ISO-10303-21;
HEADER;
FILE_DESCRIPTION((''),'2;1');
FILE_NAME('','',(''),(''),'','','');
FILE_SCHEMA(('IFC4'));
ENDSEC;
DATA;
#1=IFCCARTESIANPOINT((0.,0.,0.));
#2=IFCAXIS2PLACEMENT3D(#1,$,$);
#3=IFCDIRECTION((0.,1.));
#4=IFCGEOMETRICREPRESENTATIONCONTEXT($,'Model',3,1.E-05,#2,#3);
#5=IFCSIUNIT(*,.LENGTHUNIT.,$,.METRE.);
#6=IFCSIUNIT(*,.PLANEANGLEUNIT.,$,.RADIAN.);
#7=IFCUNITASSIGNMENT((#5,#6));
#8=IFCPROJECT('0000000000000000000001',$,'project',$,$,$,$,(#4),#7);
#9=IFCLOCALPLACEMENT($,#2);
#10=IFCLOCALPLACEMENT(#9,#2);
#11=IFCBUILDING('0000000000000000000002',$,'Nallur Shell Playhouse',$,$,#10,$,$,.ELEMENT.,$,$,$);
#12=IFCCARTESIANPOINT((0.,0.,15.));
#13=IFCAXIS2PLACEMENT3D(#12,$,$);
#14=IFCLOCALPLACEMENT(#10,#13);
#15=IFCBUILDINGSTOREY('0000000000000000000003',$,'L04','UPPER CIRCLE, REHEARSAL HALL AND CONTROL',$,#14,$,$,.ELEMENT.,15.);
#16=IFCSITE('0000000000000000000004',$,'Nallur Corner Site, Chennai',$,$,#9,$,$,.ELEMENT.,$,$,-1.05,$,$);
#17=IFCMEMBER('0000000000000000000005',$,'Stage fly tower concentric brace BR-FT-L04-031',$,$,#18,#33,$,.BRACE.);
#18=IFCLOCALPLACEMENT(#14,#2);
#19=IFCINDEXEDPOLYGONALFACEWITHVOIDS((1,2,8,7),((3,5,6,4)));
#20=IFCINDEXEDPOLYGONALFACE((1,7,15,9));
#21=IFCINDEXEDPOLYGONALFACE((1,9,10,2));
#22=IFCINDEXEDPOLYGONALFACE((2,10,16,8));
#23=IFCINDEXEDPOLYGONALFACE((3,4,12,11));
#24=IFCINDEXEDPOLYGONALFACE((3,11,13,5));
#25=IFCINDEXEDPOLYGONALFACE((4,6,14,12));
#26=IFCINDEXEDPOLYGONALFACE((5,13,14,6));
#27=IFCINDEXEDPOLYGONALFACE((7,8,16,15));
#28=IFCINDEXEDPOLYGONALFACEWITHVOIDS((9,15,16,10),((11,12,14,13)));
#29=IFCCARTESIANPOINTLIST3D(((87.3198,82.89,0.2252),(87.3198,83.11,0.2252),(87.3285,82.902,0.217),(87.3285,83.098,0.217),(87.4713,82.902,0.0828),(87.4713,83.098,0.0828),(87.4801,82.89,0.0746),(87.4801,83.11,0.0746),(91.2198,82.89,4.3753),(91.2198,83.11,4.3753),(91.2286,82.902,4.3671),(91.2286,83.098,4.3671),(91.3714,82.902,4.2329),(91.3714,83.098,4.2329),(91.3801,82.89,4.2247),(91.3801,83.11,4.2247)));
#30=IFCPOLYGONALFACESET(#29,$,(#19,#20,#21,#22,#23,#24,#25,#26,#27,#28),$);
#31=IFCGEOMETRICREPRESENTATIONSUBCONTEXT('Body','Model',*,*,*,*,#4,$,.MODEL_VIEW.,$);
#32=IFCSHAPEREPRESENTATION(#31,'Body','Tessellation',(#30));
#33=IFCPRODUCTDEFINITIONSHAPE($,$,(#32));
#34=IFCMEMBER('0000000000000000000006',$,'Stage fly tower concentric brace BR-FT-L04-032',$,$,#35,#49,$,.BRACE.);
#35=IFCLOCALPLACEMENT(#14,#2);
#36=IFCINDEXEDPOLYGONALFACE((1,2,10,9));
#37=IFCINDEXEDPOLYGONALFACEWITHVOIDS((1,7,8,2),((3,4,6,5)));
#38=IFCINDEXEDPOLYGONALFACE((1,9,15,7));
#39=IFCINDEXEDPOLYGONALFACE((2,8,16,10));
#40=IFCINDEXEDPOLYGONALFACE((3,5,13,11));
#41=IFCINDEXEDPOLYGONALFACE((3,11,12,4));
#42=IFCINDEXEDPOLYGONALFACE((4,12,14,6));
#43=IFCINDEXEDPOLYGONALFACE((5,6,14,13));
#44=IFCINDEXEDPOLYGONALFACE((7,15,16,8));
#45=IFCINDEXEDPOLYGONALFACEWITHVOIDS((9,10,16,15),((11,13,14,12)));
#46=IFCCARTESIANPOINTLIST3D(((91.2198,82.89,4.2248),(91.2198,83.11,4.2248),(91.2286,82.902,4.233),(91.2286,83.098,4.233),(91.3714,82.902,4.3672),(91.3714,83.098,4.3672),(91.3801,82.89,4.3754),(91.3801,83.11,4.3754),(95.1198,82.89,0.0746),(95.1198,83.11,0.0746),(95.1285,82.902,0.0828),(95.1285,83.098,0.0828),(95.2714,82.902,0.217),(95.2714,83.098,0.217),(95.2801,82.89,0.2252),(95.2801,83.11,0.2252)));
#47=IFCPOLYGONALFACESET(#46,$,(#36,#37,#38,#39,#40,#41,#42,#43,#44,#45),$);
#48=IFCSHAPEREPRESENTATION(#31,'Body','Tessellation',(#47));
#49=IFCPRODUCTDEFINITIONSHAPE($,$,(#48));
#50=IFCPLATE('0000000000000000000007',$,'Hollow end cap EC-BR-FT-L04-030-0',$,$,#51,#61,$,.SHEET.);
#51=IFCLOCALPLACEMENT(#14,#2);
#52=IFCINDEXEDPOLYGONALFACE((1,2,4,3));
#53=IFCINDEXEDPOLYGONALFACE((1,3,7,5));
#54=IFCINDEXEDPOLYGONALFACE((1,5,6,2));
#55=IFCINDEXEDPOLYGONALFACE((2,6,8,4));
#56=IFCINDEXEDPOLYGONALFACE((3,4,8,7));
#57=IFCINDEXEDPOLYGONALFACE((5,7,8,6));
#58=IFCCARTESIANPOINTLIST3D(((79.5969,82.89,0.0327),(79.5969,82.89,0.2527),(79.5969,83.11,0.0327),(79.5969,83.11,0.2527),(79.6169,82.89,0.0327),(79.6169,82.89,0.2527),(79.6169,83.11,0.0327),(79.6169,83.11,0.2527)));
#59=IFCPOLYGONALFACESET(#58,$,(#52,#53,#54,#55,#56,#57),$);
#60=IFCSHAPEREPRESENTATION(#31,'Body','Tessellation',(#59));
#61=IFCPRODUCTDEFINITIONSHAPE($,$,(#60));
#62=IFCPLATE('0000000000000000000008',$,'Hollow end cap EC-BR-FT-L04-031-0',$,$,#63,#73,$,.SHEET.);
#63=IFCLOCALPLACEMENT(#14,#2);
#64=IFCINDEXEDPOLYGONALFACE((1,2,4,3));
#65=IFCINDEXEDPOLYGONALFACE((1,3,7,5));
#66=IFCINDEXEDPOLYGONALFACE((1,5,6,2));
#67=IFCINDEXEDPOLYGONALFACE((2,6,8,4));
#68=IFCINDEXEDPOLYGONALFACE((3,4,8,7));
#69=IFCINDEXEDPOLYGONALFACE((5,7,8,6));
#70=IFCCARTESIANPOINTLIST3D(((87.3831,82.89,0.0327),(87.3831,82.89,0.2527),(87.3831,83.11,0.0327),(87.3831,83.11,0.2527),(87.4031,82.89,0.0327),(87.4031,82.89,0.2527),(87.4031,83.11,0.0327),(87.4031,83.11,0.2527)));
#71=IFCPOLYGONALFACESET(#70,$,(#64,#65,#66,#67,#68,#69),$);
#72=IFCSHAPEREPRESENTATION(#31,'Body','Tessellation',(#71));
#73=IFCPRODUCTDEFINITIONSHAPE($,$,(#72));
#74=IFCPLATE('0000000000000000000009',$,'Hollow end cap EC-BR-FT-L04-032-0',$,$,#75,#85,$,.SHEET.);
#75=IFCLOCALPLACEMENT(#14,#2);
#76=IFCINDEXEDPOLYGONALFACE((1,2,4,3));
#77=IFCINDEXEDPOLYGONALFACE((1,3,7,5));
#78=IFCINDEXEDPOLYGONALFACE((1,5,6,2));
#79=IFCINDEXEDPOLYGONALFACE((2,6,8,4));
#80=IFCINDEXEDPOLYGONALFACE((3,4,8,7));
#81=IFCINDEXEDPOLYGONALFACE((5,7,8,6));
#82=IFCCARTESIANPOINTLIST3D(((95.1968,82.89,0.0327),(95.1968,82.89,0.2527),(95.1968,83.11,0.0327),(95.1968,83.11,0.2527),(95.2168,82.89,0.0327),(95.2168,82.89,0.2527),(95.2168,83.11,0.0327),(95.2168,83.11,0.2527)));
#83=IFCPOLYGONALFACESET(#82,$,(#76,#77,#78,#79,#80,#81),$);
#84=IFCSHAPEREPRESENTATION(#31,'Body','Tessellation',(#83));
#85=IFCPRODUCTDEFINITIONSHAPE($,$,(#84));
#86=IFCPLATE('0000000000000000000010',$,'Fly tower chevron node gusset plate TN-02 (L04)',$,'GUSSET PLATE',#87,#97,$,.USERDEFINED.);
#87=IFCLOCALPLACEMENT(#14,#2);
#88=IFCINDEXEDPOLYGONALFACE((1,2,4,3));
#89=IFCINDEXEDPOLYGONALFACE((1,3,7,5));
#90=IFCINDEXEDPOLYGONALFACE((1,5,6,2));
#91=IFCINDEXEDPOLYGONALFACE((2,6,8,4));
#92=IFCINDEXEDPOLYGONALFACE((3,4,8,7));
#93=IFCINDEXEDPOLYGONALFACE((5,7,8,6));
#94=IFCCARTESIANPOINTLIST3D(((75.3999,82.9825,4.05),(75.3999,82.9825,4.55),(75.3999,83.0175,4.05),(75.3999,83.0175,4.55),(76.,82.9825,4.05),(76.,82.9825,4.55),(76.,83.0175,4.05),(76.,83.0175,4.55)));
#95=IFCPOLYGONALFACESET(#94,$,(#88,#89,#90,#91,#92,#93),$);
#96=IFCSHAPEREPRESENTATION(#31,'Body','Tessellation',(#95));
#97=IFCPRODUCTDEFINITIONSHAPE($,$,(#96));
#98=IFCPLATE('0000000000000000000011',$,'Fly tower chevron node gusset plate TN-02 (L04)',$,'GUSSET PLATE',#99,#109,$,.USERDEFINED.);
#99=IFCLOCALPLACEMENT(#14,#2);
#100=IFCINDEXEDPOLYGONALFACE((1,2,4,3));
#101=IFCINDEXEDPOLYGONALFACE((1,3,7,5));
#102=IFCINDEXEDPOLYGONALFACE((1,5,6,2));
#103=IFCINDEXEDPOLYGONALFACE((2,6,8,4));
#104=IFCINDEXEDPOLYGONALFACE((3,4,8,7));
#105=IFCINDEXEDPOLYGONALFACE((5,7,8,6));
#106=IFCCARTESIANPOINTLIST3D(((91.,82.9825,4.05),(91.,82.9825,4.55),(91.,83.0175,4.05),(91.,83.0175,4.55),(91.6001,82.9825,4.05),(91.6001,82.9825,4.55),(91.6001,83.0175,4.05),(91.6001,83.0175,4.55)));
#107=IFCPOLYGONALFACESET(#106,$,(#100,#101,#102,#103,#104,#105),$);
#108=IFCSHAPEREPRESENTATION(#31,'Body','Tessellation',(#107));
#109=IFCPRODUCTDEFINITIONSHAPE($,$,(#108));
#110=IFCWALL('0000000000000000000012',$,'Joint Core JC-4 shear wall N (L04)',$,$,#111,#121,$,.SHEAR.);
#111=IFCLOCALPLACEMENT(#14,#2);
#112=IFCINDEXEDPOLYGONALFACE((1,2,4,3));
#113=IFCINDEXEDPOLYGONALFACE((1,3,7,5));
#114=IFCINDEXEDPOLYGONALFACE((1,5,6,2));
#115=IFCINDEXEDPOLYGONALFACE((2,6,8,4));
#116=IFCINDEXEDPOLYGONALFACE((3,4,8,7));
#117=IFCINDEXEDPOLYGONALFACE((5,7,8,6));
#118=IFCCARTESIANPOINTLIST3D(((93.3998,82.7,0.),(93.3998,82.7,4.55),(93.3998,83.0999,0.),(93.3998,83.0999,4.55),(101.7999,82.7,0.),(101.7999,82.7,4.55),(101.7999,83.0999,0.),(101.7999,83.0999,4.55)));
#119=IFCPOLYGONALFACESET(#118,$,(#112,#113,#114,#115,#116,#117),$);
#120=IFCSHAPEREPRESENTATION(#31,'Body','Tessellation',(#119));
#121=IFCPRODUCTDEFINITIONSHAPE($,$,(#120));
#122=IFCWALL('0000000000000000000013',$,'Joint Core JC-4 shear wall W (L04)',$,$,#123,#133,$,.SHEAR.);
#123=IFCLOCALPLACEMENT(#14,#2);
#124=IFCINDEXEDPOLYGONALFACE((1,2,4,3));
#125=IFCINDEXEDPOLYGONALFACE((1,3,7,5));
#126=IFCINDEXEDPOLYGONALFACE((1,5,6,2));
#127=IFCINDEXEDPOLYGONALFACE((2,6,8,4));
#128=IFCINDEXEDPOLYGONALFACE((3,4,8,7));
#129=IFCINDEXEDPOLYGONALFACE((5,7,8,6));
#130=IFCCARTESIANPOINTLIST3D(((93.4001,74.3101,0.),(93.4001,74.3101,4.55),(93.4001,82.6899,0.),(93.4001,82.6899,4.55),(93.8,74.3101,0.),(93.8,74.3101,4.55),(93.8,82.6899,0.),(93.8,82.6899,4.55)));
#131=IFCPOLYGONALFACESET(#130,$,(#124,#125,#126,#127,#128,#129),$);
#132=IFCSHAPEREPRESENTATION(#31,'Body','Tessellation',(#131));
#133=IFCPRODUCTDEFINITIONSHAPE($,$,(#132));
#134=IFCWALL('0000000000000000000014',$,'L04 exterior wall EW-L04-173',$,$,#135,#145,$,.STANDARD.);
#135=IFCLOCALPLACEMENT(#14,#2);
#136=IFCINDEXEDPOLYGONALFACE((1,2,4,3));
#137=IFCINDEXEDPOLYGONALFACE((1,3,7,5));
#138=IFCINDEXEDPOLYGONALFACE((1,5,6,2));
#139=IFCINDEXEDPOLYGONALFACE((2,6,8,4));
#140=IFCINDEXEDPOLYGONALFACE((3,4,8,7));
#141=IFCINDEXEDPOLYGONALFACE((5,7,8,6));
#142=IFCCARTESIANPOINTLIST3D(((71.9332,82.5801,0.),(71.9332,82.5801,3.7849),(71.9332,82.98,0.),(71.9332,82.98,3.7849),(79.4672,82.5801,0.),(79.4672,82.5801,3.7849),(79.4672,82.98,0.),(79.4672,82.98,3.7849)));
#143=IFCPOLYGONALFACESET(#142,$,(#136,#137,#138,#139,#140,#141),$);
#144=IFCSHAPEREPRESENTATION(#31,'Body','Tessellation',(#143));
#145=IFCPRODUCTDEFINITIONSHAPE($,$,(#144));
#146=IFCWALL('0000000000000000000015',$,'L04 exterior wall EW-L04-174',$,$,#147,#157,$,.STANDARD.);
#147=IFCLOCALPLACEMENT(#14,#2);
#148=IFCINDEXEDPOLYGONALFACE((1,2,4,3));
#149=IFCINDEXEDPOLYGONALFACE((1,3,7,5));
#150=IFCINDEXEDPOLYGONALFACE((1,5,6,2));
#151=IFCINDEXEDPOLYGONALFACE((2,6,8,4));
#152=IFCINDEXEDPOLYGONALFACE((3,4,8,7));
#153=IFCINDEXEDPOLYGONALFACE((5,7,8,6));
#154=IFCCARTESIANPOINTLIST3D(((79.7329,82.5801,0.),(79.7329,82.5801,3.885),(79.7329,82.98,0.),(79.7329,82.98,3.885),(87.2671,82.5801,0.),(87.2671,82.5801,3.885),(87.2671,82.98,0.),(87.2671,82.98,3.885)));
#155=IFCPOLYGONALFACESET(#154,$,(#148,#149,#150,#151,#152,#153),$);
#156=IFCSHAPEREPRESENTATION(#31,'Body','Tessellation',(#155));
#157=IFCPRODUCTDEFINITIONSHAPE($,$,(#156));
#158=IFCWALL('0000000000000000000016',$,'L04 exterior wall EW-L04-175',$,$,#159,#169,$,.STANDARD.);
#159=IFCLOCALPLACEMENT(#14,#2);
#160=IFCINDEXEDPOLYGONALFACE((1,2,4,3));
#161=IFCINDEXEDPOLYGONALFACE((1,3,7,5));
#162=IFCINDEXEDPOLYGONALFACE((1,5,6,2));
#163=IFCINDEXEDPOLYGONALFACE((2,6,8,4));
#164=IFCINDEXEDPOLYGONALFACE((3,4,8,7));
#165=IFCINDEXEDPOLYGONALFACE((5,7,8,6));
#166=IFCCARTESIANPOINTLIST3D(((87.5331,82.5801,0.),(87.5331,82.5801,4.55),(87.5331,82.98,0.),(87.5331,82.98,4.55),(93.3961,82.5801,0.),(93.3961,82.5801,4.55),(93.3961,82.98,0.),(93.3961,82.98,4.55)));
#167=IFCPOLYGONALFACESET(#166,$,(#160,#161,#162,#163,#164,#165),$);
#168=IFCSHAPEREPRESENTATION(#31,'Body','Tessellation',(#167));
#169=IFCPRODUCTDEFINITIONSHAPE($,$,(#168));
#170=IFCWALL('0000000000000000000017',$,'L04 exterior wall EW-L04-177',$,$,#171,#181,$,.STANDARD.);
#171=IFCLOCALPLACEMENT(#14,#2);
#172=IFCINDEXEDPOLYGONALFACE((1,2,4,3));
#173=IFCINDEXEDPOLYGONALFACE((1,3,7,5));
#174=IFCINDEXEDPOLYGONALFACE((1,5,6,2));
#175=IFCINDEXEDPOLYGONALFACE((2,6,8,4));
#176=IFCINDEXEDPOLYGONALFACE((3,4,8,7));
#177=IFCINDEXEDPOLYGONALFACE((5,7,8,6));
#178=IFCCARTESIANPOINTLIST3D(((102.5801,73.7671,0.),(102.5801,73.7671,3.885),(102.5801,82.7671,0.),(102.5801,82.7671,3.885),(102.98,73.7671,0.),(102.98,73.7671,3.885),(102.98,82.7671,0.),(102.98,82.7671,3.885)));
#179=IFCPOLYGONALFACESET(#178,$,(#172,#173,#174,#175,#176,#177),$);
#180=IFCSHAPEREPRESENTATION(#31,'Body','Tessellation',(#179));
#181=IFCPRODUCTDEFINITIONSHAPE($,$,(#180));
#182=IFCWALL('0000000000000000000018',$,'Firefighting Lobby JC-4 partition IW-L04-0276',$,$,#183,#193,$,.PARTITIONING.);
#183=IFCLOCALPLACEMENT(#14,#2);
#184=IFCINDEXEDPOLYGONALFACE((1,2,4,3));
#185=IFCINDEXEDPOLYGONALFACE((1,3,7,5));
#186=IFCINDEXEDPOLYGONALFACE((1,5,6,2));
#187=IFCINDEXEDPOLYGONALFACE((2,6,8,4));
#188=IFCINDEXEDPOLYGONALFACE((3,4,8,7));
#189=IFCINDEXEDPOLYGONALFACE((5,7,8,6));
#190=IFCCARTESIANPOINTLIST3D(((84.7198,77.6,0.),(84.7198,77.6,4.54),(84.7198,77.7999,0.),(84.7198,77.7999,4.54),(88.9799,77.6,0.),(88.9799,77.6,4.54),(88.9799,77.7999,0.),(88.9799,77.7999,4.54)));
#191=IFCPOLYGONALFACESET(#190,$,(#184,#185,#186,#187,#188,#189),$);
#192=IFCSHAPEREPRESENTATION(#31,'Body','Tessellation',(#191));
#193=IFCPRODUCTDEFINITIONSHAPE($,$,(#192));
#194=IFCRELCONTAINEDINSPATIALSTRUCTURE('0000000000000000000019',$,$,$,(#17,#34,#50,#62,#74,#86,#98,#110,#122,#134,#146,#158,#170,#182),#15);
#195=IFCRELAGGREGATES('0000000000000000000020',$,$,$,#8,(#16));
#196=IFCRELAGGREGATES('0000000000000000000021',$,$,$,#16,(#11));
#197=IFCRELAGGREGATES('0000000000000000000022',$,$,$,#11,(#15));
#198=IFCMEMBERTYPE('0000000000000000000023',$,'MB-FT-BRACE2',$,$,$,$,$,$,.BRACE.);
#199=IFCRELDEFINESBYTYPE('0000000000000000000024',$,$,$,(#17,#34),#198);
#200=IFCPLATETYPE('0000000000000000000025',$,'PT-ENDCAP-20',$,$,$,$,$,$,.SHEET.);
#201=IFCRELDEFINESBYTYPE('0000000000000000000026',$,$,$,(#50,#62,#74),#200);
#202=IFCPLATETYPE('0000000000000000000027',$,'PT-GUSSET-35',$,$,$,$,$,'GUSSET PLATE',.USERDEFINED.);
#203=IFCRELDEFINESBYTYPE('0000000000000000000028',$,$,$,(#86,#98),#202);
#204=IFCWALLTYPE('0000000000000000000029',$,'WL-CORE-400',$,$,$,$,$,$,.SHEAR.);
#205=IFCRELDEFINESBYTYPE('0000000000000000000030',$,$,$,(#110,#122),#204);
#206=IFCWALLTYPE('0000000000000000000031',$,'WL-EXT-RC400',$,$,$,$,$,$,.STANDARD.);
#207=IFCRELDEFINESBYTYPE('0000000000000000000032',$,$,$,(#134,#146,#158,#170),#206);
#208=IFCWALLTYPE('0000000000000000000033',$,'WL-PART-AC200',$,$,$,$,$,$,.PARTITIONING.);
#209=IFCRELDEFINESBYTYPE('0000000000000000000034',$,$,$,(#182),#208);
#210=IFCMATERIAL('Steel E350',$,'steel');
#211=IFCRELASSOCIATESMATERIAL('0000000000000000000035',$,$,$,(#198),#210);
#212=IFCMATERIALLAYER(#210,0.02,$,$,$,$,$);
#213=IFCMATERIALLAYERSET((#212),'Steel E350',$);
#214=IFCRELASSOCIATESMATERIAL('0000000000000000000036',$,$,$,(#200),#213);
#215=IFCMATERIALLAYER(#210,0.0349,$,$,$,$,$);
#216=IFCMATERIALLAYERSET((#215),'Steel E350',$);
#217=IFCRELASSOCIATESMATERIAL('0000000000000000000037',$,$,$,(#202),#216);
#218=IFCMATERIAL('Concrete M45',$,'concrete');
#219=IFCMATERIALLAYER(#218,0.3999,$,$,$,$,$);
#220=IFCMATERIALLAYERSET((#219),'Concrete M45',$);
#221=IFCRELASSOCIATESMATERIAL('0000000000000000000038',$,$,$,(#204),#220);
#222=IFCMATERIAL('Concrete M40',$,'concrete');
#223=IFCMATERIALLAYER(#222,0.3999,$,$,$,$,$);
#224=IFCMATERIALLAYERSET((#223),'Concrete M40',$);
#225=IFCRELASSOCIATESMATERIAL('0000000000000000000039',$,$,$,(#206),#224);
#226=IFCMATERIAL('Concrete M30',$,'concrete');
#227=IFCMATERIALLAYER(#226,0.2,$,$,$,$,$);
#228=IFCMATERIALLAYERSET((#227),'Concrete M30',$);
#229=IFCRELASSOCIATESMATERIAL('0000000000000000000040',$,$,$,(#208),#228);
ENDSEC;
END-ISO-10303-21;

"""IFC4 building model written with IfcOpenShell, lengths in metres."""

from ifc_helpers import new_model, si_unit, direction, frame, frame_2d, origin, origin_2d, place, context, subcontext, project, spatial, rectangle, hollow_rectangle, extrude, material, layer, layer_set, material_profile, profile_set, type_object, element, save


model = new_model("IFC4")

# Units and contexts
model_context = context("Model", 3, precision=1e-05, world=origin(), true_north=direction((0.0, 1.0)))
body_context = subcontext(model_context, "Body", "Model", "MODEL_VIEW")
ifc_project = project(units=[si_unit("LENGTHUNIT", "METRE"), si_unit("PLANEANGLEUNIT", "RADIAN")], contexts=[model_context])

# Site, building, storey
site_placement = place(None, origin())
site = spatial("IfcSite", under=ifc_project, at=site_placement, Name="Nallur Corner Site, Chennai", CompositionType="ELEMENT", RefElevation=-1.05)
building_placement = place(site_placement, origin())
building = spatial("IfcBuilding", under=site, at=building_placement, Name="Nallur Shell Playhouse", CompositionType="ELEMENT")
storey_placement = place(building_placement, frame((0.0, 0.0, 15.0)))
storey = spatial("IfcBuildingStorey", under=building, at=storey_placement, Name="L04", Description="UPPER CIRCLE, REHEARSAL HALL AND CONTROL", CompositionType="ELEMENT", Elevation=15.0)

# Shared definitions
ifc_material_1 = material(Name="Steel E350", Category="steel")

# Members
ifc_material_profile_1 = material_profile(ifc_material_1, hollow_rectangle(XDim=0.22, YDim=0.22, WallThickness=0.012, at=origin_2d()), Name="SHS 220x220x12")
ifc_profile_set_1 = profile_set([ifc_material_profile_1], Name="Steel E350")
member_type = type_object("IfcMemberType", Name="MB-FT-BRACE2", PredefinedType="BRACE", material=ifc_profile_set_1)
for number, where, z_axis, x_axis, name in (
    (1, (87.3999, 83.0, 0.1499), (0.684818, 0.0, 0.728715), (0.0, 1.0, 0.0), "Stage fly tower concentric brace BR-FT-L04-031"),
    (2, (95.2, 83.0, 0.1499), (-0.684795, 0.0, 0.728736), (0.0, -1.0, 0.0), "Stage fly tower concentric brace BR-FT-L04-032"),
):
    element("IfcMember", number, at=place(storey_placement, frame(where, z_axis=z_axis, x_axis=x_axis)), inside=storey, type_object=member_type, Name=name, PredefinedType="BRACE", context=body_context, shape_type="SweptSolid", body=[
        extrude(hollow_rectangle(XDim=0.22, YDim=0.22, WallThickness=0.012, at=origin_2d()), origin(), (0.0, 0.0, 1.0), 5.6951),
    ])

# Plates
ifc_layer_1 = layer(ifc_material_1, 0.02)
ifc_layer_set_1 = layer_set([ifc_layer_1], Name="Steel E350")
plate_type_1 = type_object("IfcPlateType", Name="PT-ENDCAP-20", PredefinedType="SHEET", material=ifc_layer_set_1)
for number, where, z_axis, x_axis, name in (
    (3, (79.6069, 83.0, 0.0327), (0.0, 0.0, 1.0), (1.0, 0.0, 0.0), "Hollow end cap EC-BR-FT-L04-030-0"),
    (4, (87.3931, 83.0, 0.0327), (0.0, 0.0, 1.0), (1.0, 0.0, 0.0), "Hollow end cap EC-BR-FT-L04-031-0"),
    (5, (95.2068, 83.0, 0.0327), (0.0, 0.0, 1.0), (1.0, 0.0, 0.0), "Hollow end cap EC-BR-FT-L04-032-0"),
):
    element("IfcPlate", number, at=place(storey_placement, frame(where, z_axis=z_axis, x_axis=x_axis)), inside=storey, type_object=plate_type_1, Name=name, PredefinedType="SHEET", context=body_context, shape_type="SweptSolid", body=[
        extrude(rectangle(XDim=0.02, YDim=0.22, at=origin_2d()), origin(), (0.0, 0.0, 1.0), 0.22),
    ])
ifc_layer_2 = layer(ifc_material_1, 0.0349)
ifc_layer_set_2 = layer_set([ifc_layer_2], Name="Steel E350")
plate_type_2 = type_object("IfcPlateType", Name="PT-GUSSET-35", ElementType="GUSSET PLATE", PredefinedType="USERDEFINED", material=ifc_layer_set_2)
for number, where, z_axis, x_axis, name in (
    (6, (75.7, 83.0, 4.05), (0.0, 0.0, 1.0), (1.0, 0.0, 0.0), "Fly tower chevron node gusset plate TN-02 (L04)"),
    (7, (91.3, 83.0, 4.05), (0.0, 0.0, 1.0), (1.0, 0.0, 0.0), "Fly tower chevron node gusset plate TN-02 (L04)"),
):
    element("IfcPlate", number, at=place(storey_placement, frame(where, z_axis=z_axis, x_axis=x_axis)), inside=storey, type_object=plate_type_2, Name=name, ObjectType="GUSSET PLATE", PredefinedType="USERDEFINED", context=body_context, shape_type="SweptSolid", body=[
        extrude(rectangle(XDim=0.6001, YDim=0.0349, at=origin_2d()), origin(), (0.0, 0.0, 1.0), 0.5),
    ])

# Walls
ifc_material_2 = material(Name="Concrete M45", Category="concrete")
ifc_layer_3 = layer(ifc_material_2, 0.3999)
ifc_layer_set_3 = layer_set([ifc_layer_3], Name="Concrete M45")
wall_type_1 = type_object("IfcWallType", Name="WL-CORE-400", PredefinedType="SHEAR", material=ifc_layer_set_3)
wall_1_placement = place(storey_placement, frame((101.8, 82.8999, 0.0), z_axis=(0.0, 0.0, 1.0), x_axis=(-1.0, 0.0, 0.0)))
element("IfcWall", 8, at=wall_1_placement, inside=storey, type_object=wall_type_1, Name="Joint Core JC-4 shear wall N (L04)", PredefinedType="SHEAR", context=body_context, shape_type="SweptSolid", body=[
    extrude(rectangle(XDim=8.4001, YDim=0.3999, at=frame_2d((4.2002, 0.0))), origin(), (0.0, 0.0, 1.0), 4.55),
])
wall_2_placement = place(storey_placement, frame((93.6001, 82.6899, 0.0), z_axis=(0.0, 0.0, 1.0), x_axis=(0.0, -1.0, 0.0)))
element("IfcWall", 9, at=wall_2_placement, inside=storey, type_object=wall_type_1, Name="Joint Core JC-4 shear wall W (L04)", PredefinedType="SHEAR", context=body_context, shape_type="SweptSolid", body=[
    extrude(rectangle(XDim=8.3799, YDim=0.3999, at=frame_2d((4.1899, 0.0))), origin(), (0.0, 0.0, 1.0), 4.55),
])
ifc_material_3 = material(Name="Concrete M40", Category="concrete")
ifc_layer_4 = layer(ifc_material_3, 0.3999)
ifc_layer_set_4 = layer_set([ifc_layer_4], Name="Concrete M40")
wall_type_2 = type_object("IfcWallType", Name="WL-EXT-RC400", PredefinedType="STANDARD", material=ifc_layer_set_4)
wall_3_placement = place(storey_placement, frame((71.9331, 82.78, 0.0), z_axis=(0.0, 0.0, 1.0), x_axis=(1.0, 0.0, 0.0)))
element("IfcWall", 10, at=wall_3_placement, inside=storey, type_object=wall_type_2, Name="L04 exterior wall EW-L04-173", PredefinedType="STANDARD", context=body_context, shape_type="SweptSolid", body=[
    extrude(rectangle(XDim=7.5339, YDim=0.3999, at=frame_2d((3.7671, 0.0))), origin(), (0.0, 0.0, 1.0), 3.7849),
])
wall_4_placement = place(storey_placement, frame((79.7329, 82.78, 0.0), z_axis=(0.0, 0.0, 1.0), x_axis=(1.0, 0.0, 0.0)))
element("IfcWall", 11, at=wall_4_placement, inside=storey, type_object=wall_type_2, Name="L04 exterior wall EW-L04-174", PredefinedType="STANDARD", context=body_context, shape_type="SweptSolid", body=[
    extrude(rectangle(XDim=7.5342, YDim=0.3999, at=frame_2d((3.7671, 0.0))), origin(), (0.0, 0.0, 1.0), 3.885),
])
wall_5_placement = place(storey_placement, frame((87.533, 82.78, 0.0), z_axis=(0.0, 0.0, 1.0), x_axis=(1.0, 0.0, 0.0)))
element("IfcWall", 12, at=wall_5_placement, inside=storey, type_object=wall_type_2, Name="L04 exterior wall EW-L04-175", PredefinedType="STANDARD", context=body_context, shape_type="SweptSolid", body=[
    extrude(rectangle(XDim=5.863, YDim=0.3999, at=frame_2d((2.9316, 0.0))), origin(), (0.0, 0.0, 1.0), 4.55),
])
wall_6_placement = place(storey_placement, frame((102.78, 82.7671, 0.0), z_axis=(0.0, 0.0, 1.0), x_axis=(0.0, -1.0, 0.0)))
element("IfcWall", 13, at=wall_6_placement, inside=storey, type_object=wall_type_2, Name="L04 exterior wall EW-L04-177", PredefinedType="STANDARD", context=body_context, shape_type="SweptSolid", body=[
    extrude(rectangle(XDim=9.0, YDim=0.3999, at=frame_2d((4.5, 0.0))), origin(), (0.0, 0.0, 1.0), 3.885),
])
ifc_material_4 = material(Name="Concrete M30", Category="concrete")
ifc_layer_5 = layer(ifc_material_4, 0.2)
ifc_layer_set_5 = layer_set([ifc_layer_5], Name="Concrete M30")
wall_type_3 = type_object("IfcWallType", Name="WL-PART-AC200", PredefinedType="PARTITIONING", material=ifc_layer_set_5)
wall_7_placement = place(storey_placement, frame((84.72, 77.7, 0.0), z_axis=(0.0, 0.0, 1.0), x_axis=(1.0, 0.0, 0.0)))
element("IfcWall", 14, at=wall_7_placement, inside=storey, type_object=wall_type_3, Name="Firefighting Lobby JC-4 partition IW-L04-0276", PredefinedType="PARTITIONING", context=body_context, shape_type="SweptSolid", body=[
    extrude(rectangle(XDim=4.26, YDim=0.2, at=frame_2d((2.1299, 0.0))), origin(), (0.0, 0.0, 1.0), 4.54),
])

save(model, "model.ifc")
